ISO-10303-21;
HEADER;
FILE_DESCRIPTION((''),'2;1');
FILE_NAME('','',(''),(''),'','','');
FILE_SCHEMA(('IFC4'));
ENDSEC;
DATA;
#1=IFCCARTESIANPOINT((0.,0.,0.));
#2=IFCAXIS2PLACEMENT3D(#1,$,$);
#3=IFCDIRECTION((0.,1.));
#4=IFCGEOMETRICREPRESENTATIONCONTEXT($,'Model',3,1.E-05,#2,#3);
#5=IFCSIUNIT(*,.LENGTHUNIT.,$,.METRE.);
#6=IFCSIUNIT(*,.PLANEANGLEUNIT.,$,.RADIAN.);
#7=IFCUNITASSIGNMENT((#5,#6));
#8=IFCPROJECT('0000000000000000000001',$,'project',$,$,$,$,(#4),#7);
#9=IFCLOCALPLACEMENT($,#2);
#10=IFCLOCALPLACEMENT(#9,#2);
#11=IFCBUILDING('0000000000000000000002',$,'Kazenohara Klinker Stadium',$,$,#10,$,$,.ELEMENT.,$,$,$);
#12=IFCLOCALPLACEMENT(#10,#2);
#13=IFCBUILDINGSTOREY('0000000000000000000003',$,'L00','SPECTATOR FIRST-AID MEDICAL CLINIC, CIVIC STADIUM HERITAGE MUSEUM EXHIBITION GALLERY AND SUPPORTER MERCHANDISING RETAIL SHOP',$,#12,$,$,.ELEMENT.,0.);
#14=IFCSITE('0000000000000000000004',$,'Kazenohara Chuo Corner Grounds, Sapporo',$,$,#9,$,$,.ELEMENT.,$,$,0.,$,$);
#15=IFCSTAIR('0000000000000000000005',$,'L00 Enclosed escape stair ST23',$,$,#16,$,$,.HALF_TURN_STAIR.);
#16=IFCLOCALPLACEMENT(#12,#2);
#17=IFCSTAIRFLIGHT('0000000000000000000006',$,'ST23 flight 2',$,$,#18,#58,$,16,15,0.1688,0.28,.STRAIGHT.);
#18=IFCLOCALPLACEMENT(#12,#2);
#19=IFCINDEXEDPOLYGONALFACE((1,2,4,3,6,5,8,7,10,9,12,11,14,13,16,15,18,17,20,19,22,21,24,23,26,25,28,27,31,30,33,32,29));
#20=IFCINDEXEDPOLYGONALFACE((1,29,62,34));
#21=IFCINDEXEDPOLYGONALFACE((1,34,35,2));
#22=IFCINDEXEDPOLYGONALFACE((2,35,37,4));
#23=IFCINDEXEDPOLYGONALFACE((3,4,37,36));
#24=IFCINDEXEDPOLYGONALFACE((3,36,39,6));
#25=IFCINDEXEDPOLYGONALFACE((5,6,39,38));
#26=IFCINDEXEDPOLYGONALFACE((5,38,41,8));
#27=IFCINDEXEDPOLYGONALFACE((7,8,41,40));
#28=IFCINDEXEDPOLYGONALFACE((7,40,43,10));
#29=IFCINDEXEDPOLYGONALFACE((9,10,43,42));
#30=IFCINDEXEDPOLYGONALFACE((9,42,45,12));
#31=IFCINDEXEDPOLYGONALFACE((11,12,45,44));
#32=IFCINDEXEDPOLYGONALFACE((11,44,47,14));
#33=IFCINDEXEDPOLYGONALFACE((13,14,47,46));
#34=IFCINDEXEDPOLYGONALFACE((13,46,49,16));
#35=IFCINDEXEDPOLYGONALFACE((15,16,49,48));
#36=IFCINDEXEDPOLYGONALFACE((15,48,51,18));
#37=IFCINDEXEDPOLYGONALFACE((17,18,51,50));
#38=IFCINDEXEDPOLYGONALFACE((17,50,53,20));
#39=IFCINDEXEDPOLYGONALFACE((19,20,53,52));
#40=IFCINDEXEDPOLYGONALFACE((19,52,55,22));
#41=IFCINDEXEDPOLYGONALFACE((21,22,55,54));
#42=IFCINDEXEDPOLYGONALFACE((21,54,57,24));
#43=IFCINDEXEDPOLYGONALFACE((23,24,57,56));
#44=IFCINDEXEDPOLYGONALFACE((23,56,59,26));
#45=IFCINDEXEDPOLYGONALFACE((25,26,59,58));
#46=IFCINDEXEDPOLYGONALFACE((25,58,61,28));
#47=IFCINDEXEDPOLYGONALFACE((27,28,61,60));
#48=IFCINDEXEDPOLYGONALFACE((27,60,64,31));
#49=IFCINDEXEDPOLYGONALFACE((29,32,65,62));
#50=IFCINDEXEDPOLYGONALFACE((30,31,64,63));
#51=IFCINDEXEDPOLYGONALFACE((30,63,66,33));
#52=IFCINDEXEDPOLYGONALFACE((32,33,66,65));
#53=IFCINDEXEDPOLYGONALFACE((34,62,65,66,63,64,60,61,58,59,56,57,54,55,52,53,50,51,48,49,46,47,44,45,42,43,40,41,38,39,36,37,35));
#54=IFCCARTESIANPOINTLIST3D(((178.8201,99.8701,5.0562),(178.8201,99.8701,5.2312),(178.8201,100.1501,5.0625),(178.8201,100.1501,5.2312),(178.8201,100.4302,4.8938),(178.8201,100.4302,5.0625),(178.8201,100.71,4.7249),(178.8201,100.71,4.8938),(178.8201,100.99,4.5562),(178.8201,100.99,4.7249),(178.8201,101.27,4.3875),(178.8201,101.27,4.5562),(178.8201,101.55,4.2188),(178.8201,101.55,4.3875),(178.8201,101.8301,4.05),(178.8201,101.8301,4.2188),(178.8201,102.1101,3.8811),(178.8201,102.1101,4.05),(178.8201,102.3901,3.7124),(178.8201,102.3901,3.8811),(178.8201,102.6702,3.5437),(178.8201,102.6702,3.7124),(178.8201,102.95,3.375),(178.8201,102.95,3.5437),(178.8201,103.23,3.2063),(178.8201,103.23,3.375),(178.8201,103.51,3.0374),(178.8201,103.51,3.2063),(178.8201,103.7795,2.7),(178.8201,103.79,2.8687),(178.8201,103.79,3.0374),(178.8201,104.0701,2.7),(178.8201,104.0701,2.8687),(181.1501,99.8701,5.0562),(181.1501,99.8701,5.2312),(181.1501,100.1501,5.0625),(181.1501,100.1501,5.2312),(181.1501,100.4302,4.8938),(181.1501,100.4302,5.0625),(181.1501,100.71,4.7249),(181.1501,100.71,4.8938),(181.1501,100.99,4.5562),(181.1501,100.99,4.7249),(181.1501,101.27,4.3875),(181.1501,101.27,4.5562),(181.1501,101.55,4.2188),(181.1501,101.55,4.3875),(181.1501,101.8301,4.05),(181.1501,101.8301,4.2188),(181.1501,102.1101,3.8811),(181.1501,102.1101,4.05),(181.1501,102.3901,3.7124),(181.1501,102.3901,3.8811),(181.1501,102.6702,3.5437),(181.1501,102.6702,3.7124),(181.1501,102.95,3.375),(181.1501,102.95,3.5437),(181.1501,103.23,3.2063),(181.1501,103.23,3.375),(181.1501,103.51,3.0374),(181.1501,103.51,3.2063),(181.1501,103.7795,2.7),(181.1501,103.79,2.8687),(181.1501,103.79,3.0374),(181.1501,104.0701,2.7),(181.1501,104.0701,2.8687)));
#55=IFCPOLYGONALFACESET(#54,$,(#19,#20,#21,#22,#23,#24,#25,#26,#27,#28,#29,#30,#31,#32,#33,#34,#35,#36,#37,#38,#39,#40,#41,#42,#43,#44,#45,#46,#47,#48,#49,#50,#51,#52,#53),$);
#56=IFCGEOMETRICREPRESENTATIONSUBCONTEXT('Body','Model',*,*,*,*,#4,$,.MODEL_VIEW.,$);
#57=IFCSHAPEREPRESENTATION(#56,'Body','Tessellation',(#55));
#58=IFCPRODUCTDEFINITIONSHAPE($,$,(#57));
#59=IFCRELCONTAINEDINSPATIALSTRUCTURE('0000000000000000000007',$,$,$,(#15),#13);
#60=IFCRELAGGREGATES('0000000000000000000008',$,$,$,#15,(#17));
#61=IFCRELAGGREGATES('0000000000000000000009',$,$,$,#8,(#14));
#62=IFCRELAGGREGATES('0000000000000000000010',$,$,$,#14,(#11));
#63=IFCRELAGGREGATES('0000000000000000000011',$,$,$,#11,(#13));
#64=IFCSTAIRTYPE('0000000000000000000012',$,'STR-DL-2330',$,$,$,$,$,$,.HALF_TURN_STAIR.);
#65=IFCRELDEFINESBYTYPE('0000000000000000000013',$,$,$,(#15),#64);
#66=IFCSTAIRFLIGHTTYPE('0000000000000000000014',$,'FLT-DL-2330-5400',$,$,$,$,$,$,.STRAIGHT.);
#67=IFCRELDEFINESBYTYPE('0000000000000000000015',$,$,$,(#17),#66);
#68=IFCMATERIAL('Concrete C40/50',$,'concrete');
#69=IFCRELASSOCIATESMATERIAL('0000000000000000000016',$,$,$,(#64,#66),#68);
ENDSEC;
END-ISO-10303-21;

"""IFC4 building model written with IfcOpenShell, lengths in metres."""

from ifc_helpers import new_model, si_unit, direction, frame, origin, place, context, subcontext, project, spatial, polyline, outline, extrude, material, type_object, element, aggregate, save


model = new_model("IFC4")

# Units and contexts
model_context = context("Model", 3, precision=1e-05, world=origin(), true_north=direction((0.0, 1.0)))
body_context = subcontext(model_context, "Body", "Model", "MODEL_VIEW")
ifc_project = project(units=[si_unit("LENGTHUNIT", "METRE"), si_unit("PLANEANGLEUNIT", "RADIAN")], contexts=[model_context])

# Site, building, storey
site_placement = place(None, origin())
site = spatial("IfcSite", under=ifc_project, at=site_placement, Name="Kazenohara Chuo Corner Grounds, Sapporo", CompositionType="ELEMENT", RefElevation=0.0)
building_placement = place(site_placement, origin())
building = spatial("IfcBuilding", under=site, at=building_placement, Name="Kazenohara Klinker Stadium", CompositionType="ELEMENT")
storey_placement = place(building_placement, origin())
storey = spatial("IfcBuildingStorey", under=building, at=storey_placement, Name="L00", Description="SPECTATOR FIRST-AID MEDICAL CLINIC, CIVIC STADIUM HERITAGE MUSEUM EXHIBITION GALLERY AND SUPPORTER MERCHANDISING RETAIL SHOP", CompositionType="ELEMENT", Elevation=0.0)

# Shared definitions
ifc_material_1 = material(Name="Concrete C40/50", Category="concrete")

# Stair, stair flight
stair_type = type_object("IfcStairType", Name="STR-DL-2330", PredefinedType="HALF_TURN_STAIR", material=ifc_material_1)
stair_placement = place(storey_placement, origin())
stair = element("IfcStair", 1, at=stair_placement, inside=storey, type_object=stair_type, Name="L00 Enclosed escape stair ST23", PredefinedType="HALF_TURN_STAIR")
stair_flight_type = type_object("IfcStairFlightType", Name="FLT-DL-2330-5400", PredefinedType="STRAIGHT", material=ifc_material_1)
stair_flight_placement = place(storey_placement, frame((179.9851, 104.0701, 2.7), z_axis=(0.0, 0.0, 1.0), x_axis=(0.0, -1.0, 0.0)))
stair_flight = element("IfcStairFlight", 2, at=stair_flight_placement, type_object=stair_flight_type, Name="ST23 flight 2", NumberOfRisers=16, NumberOfTreads=15, PredefinedType="STRAIGHT", RiserHeight=0.1688, TreadLength=0.28, context=body_context, shape_type="SweptSolid", body=[
    extrude(outline(polyline([(0.0, 0.0), (0.0, 0.1687), (0.28, 0.1687), (0.28, 0.3374), (0.5601, 0.3374), (0.5601, 0.5063), (0.8401, 0.5063), (0.8401, 0.675), (1.1201, 0.675), (1.1201, 0.8438), (1.3999, 0.8438), (1.3999, 1.0125), (1.6799, 1.0125), (1.6799, 1.1812), (1.96, 1.1812), (1.96, 1.3501), (2.24, 1.3501), (2.24, 1.5188), (2.52, 1.5188), (2.52, 1.6875), (2.8, 1.6875), (2.8, 1.8562), (3.0801, 1.8562), (3.0801, 2.0249), (3.3601, 2.0249), (3.3601, 2.1938), (3.6399, 2.1938), (3.6399, 2.3625), (3.9199, 2.3625), (3.9199, 2.5312), (4.2, 2.5312), (4.2, 2.7), (4.2, 2.3562), (0.2905, 0.0), (0.0, 0.0)])), frame((0.0, 1.165, 0.0), z_axis=(0.0, -1.0, 0.0), x_axis=(1.0, 0.0, 0.0)), (0.0, 0.0, 1.0), 2.3301),
])
aggregate(stair, [stair_flight])

save(model, "model.ifc")
